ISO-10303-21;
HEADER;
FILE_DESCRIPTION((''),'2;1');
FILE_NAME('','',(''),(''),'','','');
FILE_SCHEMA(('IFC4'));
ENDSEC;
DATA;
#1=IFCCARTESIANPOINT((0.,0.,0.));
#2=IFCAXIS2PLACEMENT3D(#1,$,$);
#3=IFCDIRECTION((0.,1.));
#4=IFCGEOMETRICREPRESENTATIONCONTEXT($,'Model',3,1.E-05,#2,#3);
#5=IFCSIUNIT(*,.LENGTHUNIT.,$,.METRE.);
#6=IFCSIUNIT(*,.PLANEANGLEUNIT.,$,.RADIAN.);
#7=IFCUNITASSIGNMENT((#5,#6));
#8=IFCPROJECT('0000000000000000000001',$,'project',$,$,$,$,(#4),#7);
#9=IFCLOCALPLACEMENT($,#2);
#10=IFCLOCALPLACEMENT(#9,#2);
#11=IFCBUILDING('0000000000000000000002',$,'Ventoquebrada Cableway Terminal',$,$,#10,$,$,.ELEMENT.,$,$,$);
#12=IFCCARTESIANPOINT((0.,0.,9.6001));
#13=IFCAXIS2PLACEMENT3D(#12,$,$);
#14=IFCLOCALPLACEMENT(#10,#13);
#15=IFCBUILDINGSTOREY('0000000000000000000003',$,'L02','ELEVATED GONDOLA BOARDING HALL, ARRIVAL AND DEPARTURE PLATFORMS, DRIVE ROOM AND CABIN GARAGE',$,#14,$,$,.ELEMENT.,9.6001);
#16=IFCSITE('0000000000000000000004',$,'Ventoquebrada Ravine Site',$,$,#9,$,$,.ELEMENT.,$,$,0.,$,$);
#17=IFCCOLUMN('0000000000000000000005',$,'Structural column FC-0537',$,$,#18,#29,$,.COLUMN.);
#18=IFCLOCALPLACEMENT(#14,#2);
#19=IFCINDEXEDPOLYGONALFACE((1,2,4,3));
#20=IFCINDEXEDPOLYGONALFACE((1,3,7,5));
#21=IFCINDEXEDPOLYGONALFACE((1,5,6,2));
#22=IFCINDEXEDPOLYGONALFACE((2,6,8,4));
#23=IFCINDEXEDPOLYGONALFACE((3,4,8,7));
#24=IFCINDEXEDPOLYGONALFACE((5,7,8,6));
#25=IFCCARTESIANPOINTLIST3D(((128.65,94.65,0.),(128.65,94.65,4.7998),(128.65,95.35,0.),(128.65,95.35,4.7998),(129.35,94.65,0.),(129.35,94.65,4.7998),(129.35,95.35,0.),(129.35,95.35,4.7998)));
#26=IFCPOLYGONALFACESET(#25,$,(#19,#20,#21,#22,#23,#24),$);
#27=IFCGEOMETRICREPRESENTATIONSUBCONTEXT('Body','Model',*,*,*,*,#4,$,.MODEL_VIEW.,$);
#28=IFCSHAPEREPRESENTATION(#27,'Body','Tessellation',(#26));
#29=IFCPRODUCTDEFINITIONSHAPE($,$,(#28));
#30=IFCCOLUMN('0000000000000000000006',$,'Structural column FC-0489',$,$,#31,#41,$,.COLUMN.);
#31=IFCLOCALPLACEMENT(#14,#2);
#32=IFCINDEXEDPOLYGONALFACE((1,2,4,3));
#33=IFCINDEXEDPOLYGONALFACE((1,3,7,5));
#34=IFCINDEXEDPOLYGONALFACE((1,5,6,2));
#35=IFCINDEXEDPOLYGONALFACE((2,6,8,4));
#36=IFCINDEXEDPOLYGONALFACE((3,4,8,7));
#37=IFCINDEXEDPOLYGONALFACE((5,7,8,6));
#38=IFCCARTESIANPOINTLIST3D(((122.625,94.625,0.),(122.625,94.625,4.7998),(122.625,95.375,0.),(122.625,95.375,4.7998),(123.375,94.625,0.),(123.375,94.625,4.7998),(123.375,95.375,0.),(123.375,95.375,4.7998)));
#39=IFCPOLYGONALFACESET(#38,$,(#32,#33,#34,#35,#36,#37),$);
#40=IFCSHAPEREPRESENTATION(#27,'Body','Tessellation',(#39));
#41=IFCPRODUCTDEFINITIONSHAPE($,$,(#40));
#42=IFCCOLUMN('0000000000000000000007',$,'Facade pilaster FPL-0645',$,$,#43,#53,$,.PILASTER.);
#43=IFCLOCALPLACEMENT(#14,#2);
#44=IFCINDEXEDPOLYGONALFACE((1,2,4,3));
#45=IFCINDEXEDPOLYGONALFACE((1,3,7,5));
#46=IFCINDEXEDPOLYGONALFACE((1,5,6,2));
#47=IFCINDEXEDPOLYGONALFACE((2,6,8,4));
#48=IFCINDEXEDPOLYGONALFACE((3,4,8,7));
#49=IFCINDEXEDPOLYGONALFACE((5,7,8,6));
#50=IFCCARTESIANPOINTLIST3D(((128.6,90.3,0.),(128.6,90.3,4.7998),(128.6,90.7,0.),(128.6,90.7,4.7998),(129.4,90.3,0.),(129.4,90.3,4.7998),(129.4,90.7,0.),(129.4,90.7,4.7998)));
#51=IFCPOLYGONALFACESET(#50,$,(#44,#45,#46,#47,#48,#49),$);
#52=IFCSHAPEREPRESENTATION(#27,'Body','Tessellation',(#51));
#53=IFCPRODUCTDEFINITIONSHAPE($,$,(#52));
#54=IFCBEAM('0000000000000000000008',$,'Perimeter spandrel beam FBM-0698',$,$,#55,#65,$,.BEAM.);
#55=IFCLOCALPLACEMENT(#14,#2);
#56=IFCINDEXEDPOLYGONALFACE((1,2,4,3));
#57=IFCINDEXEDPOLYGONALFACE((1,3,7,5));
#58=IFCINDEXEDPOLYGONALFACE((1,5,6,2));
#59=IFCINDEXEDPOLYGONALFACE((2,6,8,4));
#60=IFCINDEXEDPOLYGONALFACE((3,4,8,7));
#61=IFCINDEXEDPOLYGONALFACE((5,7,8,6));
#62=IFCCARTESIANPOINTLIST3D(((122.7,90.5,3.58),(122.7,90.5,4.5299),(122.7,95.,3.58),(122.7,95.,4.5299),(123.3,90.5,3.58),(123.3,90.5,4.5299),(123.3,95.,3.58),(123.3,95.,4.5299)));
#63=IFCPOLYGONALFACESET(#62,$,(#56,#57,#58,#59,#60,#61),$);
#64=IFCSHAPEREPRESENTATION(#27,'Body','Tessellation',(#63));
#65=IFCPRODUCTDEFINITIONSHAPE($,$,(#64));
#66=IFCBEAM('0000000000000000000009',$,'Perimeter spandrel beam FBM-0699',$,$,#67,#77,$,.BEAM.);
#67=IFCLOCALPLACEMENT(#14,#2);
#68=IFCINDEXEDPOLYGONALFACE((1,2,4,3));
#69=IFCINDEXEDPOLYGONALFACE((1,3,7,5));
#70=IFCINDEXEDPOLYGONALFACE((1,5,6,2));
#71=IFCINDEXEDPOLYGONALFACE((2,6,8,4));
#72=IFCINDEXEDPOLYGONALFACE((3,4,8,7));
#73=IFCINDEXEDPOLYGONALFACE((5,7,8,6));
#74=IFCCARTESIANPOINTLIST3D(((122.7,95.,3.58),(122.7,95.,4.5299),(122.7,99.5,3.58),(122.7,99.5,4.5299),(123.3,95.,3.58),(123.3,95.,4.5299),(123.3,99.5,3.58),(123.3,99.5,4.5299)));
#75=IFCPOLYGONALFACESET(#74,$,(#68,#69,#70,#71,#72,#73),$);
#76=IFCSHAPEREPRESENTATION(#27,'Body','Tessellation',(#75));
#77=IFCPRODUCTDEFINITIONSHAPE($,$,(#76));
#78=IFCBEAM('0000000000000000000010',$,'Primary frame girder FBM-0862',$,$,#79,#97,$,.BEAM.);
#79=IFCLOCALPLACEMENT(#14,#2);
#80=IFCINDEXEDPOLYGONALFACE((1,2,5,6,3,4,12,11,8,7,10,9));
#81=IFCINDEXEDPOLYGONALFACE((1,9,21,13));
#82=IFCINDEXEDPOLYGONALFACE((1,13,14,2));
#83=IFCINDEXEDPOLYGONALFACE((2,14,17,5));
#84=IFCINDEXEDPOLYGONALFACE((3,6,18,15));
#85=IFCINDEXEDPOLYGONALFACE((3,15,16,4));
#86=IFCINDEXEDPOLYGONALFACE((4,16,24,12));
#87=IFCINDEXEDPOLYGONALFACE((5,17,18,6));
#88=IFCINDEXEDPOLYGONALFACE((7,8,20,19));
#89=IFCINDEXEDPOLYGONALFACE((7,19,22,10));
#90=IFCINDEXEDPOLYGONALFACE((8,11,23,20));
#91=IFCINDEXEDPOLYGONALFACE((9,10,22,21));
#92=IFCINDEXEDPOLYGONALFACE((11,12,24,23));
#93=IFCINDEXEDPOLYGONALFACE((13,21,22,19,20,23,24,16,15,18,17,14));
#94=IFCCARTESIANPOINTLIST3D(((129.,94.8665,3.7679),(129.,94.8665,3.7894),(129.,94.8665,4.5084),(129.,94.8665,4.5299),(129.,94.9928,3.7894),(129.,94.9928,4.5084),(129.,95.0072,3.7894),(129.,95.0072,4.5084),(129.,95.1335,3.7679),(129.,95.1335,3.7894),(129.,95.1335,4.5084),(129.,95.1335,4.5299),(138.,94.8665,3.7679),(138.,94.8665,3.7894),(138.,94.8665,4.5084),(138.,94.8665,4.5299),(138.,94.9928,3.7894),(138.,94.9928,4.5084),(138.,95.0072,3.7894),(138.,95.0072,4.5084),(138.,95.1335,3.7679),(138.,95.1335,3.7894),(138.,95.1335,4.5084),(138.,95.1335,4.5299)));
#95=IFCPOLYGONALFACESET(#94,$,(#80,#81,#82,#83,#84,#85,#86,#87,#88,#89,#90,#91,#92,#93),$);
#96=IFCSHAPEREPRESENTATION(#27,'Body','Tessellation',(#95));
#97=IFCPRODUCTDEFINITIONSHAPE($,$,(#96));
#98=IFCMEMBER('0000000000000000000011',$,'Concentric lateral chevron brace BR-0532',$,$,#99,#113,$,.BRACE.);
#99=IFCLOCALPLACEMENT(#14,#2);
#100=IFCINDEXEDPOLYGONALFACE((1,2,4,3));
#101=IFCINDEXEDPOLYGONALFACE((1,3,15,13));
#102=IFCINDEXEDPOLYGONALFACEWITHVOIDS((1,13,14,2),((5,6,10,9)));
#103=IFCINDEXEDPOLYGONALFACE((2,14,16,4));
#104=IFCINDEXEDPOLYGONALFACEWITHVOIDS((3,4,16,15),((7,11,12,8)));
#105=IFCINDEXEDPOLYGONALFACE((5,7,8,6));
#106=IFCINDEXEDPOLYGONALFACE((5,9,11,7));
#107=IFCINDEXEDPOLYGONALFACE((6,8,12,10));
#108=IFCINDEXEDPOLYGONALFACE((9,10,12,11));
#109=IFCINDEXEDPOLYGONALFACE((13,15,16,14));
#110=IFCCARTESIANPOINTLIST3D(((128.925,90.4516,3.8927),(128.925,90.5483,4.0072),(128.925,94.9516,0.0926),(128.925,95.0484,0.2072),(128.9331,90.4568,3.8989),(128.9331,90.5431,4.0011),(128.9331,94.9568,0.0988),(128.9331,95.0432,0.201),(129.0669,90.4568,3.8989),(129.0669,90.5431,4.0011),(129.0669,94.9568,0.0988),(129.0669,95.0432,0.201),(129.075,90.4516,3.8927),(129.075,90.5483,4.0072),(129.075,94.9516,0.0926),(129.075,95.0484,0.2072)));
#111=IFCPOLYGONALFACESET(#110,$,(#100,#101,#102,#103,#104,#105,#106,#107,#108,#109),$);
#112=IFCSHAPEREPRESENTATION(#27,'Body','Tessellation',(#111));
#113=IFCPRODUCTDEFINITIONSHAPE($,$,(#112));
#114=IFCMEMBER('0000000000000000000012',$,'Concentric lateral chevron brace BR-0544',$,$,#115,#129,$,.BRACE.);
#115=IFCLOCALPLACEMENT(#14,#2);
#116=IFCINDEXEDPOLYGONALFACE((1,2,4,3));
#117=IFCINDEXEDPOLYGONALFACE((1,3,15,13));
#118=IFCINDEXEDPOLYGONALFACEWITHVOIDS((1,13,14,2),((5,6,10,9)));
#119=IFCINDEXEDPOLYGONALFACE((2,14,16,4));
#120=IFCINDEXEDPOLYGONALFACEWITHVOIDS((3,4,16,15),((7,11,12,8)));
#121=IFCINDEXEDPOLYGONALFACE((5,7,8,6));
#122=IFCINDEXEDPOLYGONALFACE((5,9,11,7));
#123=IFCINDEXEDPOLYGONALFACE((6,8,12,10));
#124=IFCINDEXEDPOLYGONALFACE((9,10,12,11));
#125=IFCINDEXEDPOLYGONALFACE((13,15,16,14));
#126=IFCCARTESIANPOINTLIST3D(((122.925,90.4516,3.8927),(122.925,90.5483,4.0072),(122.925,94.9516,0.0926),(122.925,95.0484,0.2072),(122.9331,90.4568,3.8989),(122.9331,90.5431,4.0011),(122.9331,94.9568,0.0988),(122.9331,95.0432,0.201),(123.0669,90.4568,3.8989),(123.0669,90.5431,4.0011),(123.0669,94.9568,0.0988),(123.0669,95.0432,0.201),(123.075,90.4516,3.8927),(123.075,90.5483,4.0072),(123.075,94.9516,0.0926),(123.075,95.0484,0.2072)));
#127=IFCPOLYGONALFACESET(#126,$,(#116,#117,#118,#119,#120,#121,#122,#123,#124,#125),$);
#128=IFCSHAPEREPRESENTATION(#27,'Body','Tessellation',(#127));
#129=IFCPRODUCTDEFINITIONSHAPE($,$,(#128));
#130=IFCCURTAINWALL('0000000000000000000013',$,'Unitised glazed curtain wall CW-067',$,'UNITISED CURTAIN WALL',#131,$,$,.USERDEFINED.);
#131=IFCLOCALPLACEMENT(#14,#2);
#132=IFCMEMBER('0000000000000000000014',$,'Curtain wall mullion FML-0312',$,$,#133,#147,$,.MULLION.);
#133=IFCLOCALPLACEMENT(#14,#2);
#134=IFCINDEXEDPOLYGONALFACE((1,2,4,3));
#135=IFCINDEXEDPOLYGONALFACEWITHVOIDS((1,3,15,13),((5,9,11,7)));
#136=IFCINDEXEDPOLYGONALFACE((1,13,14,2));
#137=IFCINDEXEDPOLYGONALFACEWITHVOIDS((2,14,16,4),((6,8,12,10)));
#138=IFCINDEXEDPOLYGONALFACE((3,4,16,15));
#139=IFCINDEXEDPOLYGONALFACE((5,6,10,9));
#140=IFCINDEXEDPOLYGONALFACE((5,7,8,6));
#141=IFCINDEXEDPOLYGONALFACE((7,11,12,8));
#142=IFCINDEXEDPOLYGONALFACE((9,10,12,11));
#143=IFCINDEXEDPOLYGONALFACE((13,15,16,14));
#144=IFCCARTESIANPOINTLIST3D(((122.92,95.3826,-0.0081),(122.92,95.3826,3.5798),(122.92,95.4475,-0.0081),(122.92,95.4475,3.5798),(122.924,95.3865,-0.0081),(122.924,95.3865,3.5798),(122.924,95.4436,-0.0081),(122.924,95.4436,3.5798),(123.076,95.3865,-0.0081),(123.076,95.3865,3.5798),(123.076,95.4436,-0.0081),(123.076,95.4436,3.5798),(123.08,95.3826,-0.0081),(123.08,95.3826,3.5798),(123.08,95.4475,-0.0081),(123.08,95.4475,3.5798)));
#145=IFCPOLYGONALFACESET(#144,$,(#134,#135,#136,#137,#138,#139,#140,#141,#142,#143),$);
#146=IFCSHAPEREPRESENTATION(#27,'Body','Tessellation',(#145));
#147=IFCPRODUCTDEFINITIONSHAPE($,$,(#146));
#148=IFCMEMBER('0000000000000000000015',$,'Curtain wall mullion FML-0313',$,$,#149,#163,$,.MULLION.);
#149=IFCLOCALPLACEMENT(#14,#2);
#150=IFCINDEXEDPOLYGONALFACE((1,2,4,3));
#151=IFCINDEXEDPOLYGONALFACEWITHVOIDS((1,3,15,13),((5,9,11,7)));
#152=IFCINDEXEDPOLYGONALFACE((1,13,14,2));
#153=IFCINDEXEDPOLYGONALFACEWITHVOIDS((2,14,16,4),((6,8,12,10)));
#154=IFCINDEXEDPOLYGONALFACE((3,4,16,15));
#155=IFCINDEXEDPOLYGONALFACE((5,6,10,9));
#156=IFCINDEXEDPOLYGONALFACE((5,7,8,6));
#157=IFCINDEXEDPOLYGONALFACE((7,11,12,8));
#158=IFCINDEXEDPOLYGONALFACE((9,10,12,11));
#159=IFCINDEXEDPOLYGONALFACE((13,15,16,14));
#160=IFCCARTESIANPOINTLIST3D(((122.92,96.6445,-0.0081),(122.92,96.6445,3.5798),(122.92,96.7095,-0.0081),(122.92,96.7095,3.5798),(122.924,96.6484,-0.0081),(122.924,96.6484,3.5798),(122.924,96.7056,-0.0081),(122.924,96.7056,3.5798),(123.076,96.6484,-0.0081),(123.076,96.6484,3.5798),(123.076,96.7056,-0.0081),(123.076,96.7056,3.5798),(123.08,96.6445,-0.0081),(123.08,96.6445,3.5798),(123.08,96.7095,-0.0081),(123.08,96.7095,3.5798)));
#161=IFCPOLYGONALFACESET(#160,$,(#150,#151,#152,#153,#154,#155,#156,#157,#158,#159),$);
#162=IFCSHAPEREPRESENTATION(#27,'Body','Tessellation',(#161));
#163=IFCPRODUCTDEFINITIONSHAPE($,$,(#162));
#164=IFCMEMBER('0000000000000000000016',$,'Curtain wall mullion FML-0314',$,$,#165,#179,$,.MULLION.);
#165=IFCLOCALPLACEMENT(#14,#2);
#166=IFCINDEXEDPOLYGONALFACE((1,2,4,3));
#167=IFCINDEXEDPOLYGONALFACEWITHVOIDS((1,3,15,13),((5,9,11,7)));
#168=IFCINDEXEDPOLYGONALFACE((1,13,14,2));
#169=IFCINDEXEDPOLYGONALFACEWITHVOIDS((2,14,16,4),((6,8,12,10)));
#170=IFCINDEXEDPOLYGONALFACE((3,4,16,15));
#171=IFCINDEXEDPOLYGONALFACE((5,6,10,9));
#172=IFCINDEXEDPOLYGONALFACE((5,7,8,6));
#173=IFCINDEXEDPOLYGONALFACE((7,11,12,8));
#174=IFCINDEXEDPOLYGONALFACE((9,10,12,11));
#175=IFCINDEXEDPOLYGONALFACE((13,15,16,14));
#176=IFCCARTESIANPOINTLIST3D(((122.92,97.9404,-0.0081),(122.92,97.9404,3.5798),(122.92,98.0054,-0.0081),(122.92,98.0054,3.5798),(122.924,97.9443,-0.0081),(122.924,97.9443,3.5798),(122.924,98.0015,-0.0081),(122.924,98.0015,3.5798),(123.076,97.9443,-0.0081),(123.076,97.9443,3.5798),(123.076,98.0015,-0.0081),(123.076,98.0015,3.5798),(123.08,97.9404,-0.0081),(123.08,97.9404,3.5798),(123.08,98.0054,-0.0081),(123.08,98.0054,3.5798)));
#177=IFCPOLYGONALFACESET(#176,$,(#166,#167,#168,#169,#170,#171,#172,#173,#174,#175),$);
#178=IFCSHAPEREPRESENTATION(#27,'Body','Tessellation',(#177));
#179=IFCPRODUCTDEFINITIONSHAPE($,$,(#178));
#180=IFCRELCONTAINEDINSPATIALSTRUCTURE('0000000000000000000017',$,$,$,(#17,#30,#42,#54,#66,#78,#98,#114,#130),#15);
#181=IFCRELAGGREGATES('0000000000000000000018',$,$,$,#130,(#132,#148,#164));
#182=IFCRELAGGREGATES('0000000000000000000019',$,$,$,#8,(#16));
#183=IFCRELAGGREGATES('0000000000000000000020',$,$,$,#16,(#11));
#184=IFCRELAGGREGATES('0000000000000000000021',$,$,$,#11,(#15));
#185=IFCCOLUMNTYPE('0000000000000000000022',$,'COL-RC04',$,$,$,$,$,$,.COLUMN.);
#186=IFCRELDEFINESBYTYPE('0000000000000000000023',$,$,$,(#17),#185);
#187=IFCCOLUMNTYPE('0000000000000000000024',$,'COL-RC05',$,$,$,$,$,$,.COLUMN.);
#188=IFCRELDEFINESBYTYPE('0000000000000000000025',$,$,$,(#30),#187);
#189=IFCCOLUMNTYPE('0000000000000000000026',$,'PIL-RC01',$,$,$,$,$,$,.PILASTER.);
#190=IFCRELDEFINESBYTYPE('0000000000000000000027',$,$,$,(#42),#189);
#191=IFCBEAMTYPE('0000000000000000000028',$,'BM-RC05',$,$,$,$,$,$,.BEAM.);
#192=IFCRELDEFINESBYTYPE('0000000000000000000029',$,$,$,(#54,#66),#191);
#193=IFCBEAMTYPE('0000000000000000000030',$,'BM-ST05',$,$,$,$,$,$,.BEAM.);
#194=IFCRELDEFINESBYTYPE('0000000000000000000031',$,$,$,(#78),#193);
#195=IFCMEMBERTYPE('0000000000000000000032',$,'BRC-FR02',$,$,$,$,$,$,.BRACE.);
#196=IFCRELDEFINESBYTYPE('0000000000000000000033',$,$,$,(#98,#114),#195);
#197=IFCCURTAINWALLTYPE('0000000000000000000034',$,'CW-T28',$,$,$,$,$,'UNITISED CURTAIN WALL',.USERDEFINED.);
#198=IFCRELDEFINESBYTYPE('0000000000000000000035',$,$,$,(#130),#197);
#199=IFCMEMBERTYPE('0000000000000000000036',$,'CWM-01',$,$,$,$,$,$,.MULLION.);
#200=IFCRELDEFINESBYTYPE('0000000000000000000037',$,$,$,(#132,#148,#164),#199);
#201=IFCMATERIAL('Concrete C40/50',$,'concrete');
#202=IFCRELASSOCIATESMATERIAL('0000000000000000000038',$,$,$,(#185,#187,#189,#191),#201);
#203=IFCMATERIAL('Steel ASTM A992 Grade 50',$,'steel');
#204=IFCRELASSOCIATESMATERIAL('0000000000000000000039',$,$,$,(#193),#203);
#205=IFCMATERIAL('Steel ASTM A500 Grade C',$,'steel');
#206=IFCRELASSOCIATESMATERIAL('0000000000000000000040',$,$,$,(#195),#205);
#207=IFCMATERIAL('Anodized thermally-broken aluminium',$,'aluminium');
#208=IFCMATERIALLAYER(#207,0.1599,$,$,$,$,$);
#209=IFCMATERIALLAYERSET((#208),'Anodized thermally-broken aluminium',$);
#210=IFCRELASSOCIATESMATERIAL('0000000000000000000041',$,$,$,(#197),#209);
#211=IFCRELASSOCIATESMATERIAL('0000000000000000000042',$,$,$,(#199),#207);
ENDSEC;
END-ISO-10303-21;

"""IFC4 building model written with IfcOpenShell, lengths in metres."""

from ifc_helpers import new_model, si_unit, direction, frame, origin, origin_2d, place, context, subcontext, project, spatial, rectangle, hollow_rectangle, i_section, extrude, material, layer, layer_set, material_profile, profile_set, type_object, element, aggregate, save


model = new_model("IFC4")

# Units and contexts
model_context = context("Model", 3, precision=1e-05, world=origin(), true_north=direction((0.0, 1.0)))
body_context = subcontext(model_context, "Body", "Model", "MODEL_VIEW")
ifc_project = project(units=[si_unit("LENGTHUNIT", "METRE"), si_unit("PLANEANGLEUNIT", "RADIAN")], contexts=[model_context])

# Site, building, storey
site_placement = place(None, origin())
site = spatial("IfcSite", under=ifc_project, at=site_placement, Name="Ventoquebrada Ravine Site", CompositionType="ELEMENT", RefElevation=0.0)
building_placement = place(site_placement, origin())
building = spatial("IfcBuilding", under=site, at=building_placement, Name="Ventoquebrada Cableway Terminal", CompositionType="ELEMENT")
storey_placement = place(building_placement, frame((0.0, 0.0, 9.6001)))
storey = spatial("IfcBuildingStorey", under=building, at=storey_placement, Name="L02", Description="ELEVATED GONDOLA BOARDING HALL, ARRIVAL AND DEPARTURE PLATFORMS, DRIVE ROOM AND CABIN GARAGE", CompositionType="ELEMENT", Elevation=9.6001)

# Columns
ifc_material_1 = material(Name="Concrete C40/50", Category="concrete")
ifc_material_profile_1 = material_profile(ifc_material_1, rectangle(XDim=0.7, YDim=0.7, at=origin_2d()), Name="RC-COL-700X700")
ifc_profile_set_1 = profile_set([ifc_material_profile_1], Name="Concrete C40/50")
column_type_1 = type_object("IfcColumnType", Name="COL-RC04", PredefinedType="COLUMN", material=ifc_profile_set_1)
column_1_placement = place(storey_placement, frame((129.0, 95.0, 0.0), z_axis=(0.0, 0.0, 1.0), x_axis=(1.0, 0.0, 0.0)))
element("IfcColumn", 1, at=column_1_placement, inside=storey, type_object=column_type_1, Name="Structural column FC-0537", PredefinedType="COLUMN", context=body_context, shape_type="SweptSolid", body=[
    extrude(rectangle(XDim=0.7, YDim=0.7, at=origin_2d()), origin(), (0.0, 0.0, 1.0), 4.7998),
])
ifc_material_profile_2 = material_profile(ifc_material_1, rectangle(XDim=0.75, YDim=0.75, at=origin_2d()), Name="RC-COL-750X750")
ifc_profile_set_2 = profile_set([ifc_material_profile_2], Name="Concrete C40/50")
column_type_2 = type_object("IfcColumnType", Name="COL-RC05", PredefinedType="COLUMN", material=ifc_profile_set_2)
column_2_placement = place(storey_placement, frame((123.0, 95.0, 0.0), z_axis=(0.0, 0.0, 1.0), x_axis=(1.0, 0.0, 0.0)))
element("IfcColumn", 2, at=column_2_placement, inside=storey, type_object=column_type_2, Name="Structural column FC-0489", PredefinedType="COLUMN", context=body_context, shape_type="SweptSolid", body=[
    extrude(rectangle(XDim=0.75, YDim=0.75, at=origin_2d()), origin(), (0.0, 0.0, 1.0), 4.7998),
])
ifc_material_profile_3 = material_profile(ifc_material_1, rectangle(XDim=0.3999, YDim=0.8, at=origin_2d()), Name="RC-PIL-400X800")
ifc_profile_set_3 = profile_set([ifc_material_profile_3], Name="Concrete C40/50")
column_type_3 = type_object("IfcColumnType", Name="PIL-RC01", PredefinedType="PILASTER", material=ifc_profile_set_3)
column_3_placement = place(storey_placement, frame((129.0, 90.5, 0.0), z_axis=(0.0, 0.0, 1.0), x_axis=(0.0, 1.0, 0.0)))
element("IfcColumn", 3, at=column_3_placement, inside=storey, type_object=column_type_3, Name="Facade pilaster FPL-0645", PredefinedType="PILASTER", context=body_context, shape_type="SweptSolid", body=[
    extrude(rectangle(XDim=0.3999, YDim=0.8, at=origin_2d()), origin(), (0.0, 0.0, 1.0), 4.7998),
])

# Beams
ifc_material_profile_4 = material_profile(ifc_material_1, rectangle(XDim=0.6001, YDim=0.95, at=origin_2d()), Name="RC-BM-600X950")
ifc_profile_set_4 = profile_set([ifc_material_profile_4], Name="Concrete C40/50")
beam_type_1 = type_object("IfcBeamType", Name="BM-RC05", PredefinedType="BEAM", material=ifc_profile_set_4)
for number, where, z_axis, x_axis, name in (
    (4, (123.0, 90.5, 4.0549), (0.0, 1.0, 0.0), (-1.0, 0.0, 0.0), "Perimeter spandrel beam FBM-0698"),
    (5, (123.0, 95.0, 4.0549), (0.0, 1.0, 0.0), (-1.0, 0.0, 0.0), "Perimeter spandrel beam FBM-0699"),
):
    element("IfcBeam", number, at=place(storey_placement, frame(where, z_axis=z_axis, x_axis=x_axis)), inside=storey, type_object=beam_type_1, Name=name, PredefinedType="BEAM", context=body_context, shape_type="SweptSolid", body=[
        extrude(rectangle(XDim=0.6001, YDim=0.95, at=origin_2d()), origin(), (0.0, 0.0, 1.0), 4.5),
    ])
ifc_material_2 = material(Name="Steel ASTM A992 Grade 50", Category="steel")
ifc_material_profile_5 = material_profile(ifc_material_2, i_section(OverallWidth=0.2671, OverallDepth=0.762, WebThickness=0.0144, FlangeThickness=0.0215, at=origin_2d()), Name="W30X116")
ifc_profile_set_5 = profile_set([ifc_material_profile_5], Name="Steel ASTM A992 Grade 50")
beam_type_2 = type_object("IfcBeamType", Name="BM-ST05", PredefinedType="BEAM", material=ifc_profile_set_5)
beam_1_placement = place(storey_placement, frame((129.0, 95.0, 4.1489), z_axis=(1.0, 0.0, 0.0), x_axis=(0.0, 1.0, 0.0)))
element("IfcBeam", 6, at=beam_1_placement, inside=storey, type_object=beam_type_2, Name="Primary frame girder FBM-0862", PredefinedType="BEAM", context=body_context, shape_type="SweptSolid", body=[
    extrude(i_section(OverallWidth=0.2671, OverallDepth=0.762, WebThickness=0.0144, FlangeThickness=0.0215, at=origin_2d()), origin(), (0.0, 0.0, 1.0), 9.0),
])

# Members
ifc_material_3 = material(Name="Steel ASTM A500 Grade C", Category="steel")
ifc_material_profile_6 = material_profile(ifc_material_3, hollow_rectangle(XDim=0.1499, YDim=0.1499, WallThickness=0.0081, at=origin_2d()), Name="HSS150X150X8")
ifc_profile_set_6 = profile_set([ifc_material_profile_6], Name="Steel ASTM A500 Grade C")
member_type_1 = type_object("IfcMemberType", Name="BRC-FR02", PredefinedType="BRACE", material=ifc_profile_set_6)
for number, where, z_axis, x_axis, name in (
    (7, (129.0, 95.0, 0.1499), (0.0, -0.764026, 0.645186), (1.0, 0.0, 0.0), "Concentric lateral chevron brace BR-0532"),
    (8, (123.0, 95.0, 0.1499), (0.0, -0.764026, 0.645186), (1.0, 0.0, 0.0), "Concentric lateral chevron brace BR-0544"),
):
    element("IfcMember", number, at=place(storey_placement, frame(where, z_axis=z_axis, x_axis=x_axis)), inside=storey, type_object=member_type_1, Name=name, PredefinedType="BRACE", context=body_context, shape_type="SweptSolid", body=[
        extrude(hollow_rectangle(XDim=0.1499, YDim=0.1499, WallThickness=0.0081, at=origin_2d()), origin(), (0.0, 0.0, 1.0), 5.8899),
    ])

# Curtain wall, members
ifc_material_4 = material(Name="Anodized thermally-broken aluminium", Category="aluminium")
ifc_layer_1 = layer(ifc_material_4, 0.1599)
ifc_layer_set_1 = layer_set([ifc_layer_1], Name="Anodized thermally-broken aluminium")
curtain_wall_type = type_object("IfcCurtainWallType", Name="CW-T28", ElementType="UNITISED CURTAIN WALL", PredefinedType="USERDEFINED", material=ifc_layer_set_1)
curtain_wall_placement = place(storey_placement, origin())
curtain_wall = element("IfcCurtainWall", 9, at=curtain_wall_placement, inside=storey, type_object=curtain_wall_type, Name="Unitised glazed curtain wall CW-067", ObjectType="UNITISED CURTAIN WALL", PredefinedType="USERDEFINED")
ifc_material_profile_7 = material_profile(ifc_material_4, hollow_rectangle(XDim=0.0649, YDim=0.1599, WallThickness=0.0039, at=origin_2d()), Name="CW-MUL-65X160")
ifc_profile_set_7 = profile_set([ifc_material_profile_7], Name="Anodized thermally-broken aluminium")
member_type_2 = type_object("IfcMemberType", Name="CWM-01", PredefinedType="MULLION", material=ifc_profile_set_7)
member_1_placement = place(storey_placement, frame((123.0, 95.415, -0.0081), z_axis=(0.0, 0.0, 1.0), x_axis=(0.0, 1.0, 0.0)))
member_1 = element("IfcMember", 10, at=member_1_placement, type_object=member_type_2, Name="Curtain wall mullion FML-0312", PredefinedType="MULLION", context=body_context, shape_type="SweptSolid", body=[
    extrude(hollow_rectangle(XDim=0.0649, YDim=0.1599, WallThickness=0.0039, at=origin_2d()), origin(), (0.0, 0.0, 1.0), 3.5879),
])
member_2_placement = place(storey_placement, frame((123.0, 96.677, -0.0081), z_axis=(0.0, 0.0, 1.0), x_axis=(0.0, 1.0, 0.0)))
member_2 = element("IfcMember", 11, at=member_2_placement, type_object=member_type_2, Name="Curtain wall mullion FML-0313", PredefinedType="MULLION", context=body_context, shape_type="SweptSolid", body=[
    extrude(hollow_rectangle(XDim=0.0649, YDim=0.1599, WallThickness=0.0039, at=origin_2d()), origin(), (0.0, 0.0, 1.0), 3.5879),
])
member_3_placement = place(storey_placement, frame((123.0, 97.9729, -0.0081), z_axis=(0.0, 0.0, 1.0), x_axis=(0.0, 1.0, 0.0)))
member_3 = element("IfcMember", 12, at=member_3_placement, type_object=member_type_2, Name="Curtain wall mullion FML-0314", PredefinedType="MULLION", context=body_context, shape_type="SweptSolid", body=[
    extrude(hollow_rectangle(XDim=0.0649, YDim=0.1599, WallThickness=0.0039, at=origin_2d()), origin(), (0.0, 0.0, 1.0), 3.5879),
])

aggregate(curtain_wall, [member_1, member_2, member_3])

save(model, "model.ifc")
